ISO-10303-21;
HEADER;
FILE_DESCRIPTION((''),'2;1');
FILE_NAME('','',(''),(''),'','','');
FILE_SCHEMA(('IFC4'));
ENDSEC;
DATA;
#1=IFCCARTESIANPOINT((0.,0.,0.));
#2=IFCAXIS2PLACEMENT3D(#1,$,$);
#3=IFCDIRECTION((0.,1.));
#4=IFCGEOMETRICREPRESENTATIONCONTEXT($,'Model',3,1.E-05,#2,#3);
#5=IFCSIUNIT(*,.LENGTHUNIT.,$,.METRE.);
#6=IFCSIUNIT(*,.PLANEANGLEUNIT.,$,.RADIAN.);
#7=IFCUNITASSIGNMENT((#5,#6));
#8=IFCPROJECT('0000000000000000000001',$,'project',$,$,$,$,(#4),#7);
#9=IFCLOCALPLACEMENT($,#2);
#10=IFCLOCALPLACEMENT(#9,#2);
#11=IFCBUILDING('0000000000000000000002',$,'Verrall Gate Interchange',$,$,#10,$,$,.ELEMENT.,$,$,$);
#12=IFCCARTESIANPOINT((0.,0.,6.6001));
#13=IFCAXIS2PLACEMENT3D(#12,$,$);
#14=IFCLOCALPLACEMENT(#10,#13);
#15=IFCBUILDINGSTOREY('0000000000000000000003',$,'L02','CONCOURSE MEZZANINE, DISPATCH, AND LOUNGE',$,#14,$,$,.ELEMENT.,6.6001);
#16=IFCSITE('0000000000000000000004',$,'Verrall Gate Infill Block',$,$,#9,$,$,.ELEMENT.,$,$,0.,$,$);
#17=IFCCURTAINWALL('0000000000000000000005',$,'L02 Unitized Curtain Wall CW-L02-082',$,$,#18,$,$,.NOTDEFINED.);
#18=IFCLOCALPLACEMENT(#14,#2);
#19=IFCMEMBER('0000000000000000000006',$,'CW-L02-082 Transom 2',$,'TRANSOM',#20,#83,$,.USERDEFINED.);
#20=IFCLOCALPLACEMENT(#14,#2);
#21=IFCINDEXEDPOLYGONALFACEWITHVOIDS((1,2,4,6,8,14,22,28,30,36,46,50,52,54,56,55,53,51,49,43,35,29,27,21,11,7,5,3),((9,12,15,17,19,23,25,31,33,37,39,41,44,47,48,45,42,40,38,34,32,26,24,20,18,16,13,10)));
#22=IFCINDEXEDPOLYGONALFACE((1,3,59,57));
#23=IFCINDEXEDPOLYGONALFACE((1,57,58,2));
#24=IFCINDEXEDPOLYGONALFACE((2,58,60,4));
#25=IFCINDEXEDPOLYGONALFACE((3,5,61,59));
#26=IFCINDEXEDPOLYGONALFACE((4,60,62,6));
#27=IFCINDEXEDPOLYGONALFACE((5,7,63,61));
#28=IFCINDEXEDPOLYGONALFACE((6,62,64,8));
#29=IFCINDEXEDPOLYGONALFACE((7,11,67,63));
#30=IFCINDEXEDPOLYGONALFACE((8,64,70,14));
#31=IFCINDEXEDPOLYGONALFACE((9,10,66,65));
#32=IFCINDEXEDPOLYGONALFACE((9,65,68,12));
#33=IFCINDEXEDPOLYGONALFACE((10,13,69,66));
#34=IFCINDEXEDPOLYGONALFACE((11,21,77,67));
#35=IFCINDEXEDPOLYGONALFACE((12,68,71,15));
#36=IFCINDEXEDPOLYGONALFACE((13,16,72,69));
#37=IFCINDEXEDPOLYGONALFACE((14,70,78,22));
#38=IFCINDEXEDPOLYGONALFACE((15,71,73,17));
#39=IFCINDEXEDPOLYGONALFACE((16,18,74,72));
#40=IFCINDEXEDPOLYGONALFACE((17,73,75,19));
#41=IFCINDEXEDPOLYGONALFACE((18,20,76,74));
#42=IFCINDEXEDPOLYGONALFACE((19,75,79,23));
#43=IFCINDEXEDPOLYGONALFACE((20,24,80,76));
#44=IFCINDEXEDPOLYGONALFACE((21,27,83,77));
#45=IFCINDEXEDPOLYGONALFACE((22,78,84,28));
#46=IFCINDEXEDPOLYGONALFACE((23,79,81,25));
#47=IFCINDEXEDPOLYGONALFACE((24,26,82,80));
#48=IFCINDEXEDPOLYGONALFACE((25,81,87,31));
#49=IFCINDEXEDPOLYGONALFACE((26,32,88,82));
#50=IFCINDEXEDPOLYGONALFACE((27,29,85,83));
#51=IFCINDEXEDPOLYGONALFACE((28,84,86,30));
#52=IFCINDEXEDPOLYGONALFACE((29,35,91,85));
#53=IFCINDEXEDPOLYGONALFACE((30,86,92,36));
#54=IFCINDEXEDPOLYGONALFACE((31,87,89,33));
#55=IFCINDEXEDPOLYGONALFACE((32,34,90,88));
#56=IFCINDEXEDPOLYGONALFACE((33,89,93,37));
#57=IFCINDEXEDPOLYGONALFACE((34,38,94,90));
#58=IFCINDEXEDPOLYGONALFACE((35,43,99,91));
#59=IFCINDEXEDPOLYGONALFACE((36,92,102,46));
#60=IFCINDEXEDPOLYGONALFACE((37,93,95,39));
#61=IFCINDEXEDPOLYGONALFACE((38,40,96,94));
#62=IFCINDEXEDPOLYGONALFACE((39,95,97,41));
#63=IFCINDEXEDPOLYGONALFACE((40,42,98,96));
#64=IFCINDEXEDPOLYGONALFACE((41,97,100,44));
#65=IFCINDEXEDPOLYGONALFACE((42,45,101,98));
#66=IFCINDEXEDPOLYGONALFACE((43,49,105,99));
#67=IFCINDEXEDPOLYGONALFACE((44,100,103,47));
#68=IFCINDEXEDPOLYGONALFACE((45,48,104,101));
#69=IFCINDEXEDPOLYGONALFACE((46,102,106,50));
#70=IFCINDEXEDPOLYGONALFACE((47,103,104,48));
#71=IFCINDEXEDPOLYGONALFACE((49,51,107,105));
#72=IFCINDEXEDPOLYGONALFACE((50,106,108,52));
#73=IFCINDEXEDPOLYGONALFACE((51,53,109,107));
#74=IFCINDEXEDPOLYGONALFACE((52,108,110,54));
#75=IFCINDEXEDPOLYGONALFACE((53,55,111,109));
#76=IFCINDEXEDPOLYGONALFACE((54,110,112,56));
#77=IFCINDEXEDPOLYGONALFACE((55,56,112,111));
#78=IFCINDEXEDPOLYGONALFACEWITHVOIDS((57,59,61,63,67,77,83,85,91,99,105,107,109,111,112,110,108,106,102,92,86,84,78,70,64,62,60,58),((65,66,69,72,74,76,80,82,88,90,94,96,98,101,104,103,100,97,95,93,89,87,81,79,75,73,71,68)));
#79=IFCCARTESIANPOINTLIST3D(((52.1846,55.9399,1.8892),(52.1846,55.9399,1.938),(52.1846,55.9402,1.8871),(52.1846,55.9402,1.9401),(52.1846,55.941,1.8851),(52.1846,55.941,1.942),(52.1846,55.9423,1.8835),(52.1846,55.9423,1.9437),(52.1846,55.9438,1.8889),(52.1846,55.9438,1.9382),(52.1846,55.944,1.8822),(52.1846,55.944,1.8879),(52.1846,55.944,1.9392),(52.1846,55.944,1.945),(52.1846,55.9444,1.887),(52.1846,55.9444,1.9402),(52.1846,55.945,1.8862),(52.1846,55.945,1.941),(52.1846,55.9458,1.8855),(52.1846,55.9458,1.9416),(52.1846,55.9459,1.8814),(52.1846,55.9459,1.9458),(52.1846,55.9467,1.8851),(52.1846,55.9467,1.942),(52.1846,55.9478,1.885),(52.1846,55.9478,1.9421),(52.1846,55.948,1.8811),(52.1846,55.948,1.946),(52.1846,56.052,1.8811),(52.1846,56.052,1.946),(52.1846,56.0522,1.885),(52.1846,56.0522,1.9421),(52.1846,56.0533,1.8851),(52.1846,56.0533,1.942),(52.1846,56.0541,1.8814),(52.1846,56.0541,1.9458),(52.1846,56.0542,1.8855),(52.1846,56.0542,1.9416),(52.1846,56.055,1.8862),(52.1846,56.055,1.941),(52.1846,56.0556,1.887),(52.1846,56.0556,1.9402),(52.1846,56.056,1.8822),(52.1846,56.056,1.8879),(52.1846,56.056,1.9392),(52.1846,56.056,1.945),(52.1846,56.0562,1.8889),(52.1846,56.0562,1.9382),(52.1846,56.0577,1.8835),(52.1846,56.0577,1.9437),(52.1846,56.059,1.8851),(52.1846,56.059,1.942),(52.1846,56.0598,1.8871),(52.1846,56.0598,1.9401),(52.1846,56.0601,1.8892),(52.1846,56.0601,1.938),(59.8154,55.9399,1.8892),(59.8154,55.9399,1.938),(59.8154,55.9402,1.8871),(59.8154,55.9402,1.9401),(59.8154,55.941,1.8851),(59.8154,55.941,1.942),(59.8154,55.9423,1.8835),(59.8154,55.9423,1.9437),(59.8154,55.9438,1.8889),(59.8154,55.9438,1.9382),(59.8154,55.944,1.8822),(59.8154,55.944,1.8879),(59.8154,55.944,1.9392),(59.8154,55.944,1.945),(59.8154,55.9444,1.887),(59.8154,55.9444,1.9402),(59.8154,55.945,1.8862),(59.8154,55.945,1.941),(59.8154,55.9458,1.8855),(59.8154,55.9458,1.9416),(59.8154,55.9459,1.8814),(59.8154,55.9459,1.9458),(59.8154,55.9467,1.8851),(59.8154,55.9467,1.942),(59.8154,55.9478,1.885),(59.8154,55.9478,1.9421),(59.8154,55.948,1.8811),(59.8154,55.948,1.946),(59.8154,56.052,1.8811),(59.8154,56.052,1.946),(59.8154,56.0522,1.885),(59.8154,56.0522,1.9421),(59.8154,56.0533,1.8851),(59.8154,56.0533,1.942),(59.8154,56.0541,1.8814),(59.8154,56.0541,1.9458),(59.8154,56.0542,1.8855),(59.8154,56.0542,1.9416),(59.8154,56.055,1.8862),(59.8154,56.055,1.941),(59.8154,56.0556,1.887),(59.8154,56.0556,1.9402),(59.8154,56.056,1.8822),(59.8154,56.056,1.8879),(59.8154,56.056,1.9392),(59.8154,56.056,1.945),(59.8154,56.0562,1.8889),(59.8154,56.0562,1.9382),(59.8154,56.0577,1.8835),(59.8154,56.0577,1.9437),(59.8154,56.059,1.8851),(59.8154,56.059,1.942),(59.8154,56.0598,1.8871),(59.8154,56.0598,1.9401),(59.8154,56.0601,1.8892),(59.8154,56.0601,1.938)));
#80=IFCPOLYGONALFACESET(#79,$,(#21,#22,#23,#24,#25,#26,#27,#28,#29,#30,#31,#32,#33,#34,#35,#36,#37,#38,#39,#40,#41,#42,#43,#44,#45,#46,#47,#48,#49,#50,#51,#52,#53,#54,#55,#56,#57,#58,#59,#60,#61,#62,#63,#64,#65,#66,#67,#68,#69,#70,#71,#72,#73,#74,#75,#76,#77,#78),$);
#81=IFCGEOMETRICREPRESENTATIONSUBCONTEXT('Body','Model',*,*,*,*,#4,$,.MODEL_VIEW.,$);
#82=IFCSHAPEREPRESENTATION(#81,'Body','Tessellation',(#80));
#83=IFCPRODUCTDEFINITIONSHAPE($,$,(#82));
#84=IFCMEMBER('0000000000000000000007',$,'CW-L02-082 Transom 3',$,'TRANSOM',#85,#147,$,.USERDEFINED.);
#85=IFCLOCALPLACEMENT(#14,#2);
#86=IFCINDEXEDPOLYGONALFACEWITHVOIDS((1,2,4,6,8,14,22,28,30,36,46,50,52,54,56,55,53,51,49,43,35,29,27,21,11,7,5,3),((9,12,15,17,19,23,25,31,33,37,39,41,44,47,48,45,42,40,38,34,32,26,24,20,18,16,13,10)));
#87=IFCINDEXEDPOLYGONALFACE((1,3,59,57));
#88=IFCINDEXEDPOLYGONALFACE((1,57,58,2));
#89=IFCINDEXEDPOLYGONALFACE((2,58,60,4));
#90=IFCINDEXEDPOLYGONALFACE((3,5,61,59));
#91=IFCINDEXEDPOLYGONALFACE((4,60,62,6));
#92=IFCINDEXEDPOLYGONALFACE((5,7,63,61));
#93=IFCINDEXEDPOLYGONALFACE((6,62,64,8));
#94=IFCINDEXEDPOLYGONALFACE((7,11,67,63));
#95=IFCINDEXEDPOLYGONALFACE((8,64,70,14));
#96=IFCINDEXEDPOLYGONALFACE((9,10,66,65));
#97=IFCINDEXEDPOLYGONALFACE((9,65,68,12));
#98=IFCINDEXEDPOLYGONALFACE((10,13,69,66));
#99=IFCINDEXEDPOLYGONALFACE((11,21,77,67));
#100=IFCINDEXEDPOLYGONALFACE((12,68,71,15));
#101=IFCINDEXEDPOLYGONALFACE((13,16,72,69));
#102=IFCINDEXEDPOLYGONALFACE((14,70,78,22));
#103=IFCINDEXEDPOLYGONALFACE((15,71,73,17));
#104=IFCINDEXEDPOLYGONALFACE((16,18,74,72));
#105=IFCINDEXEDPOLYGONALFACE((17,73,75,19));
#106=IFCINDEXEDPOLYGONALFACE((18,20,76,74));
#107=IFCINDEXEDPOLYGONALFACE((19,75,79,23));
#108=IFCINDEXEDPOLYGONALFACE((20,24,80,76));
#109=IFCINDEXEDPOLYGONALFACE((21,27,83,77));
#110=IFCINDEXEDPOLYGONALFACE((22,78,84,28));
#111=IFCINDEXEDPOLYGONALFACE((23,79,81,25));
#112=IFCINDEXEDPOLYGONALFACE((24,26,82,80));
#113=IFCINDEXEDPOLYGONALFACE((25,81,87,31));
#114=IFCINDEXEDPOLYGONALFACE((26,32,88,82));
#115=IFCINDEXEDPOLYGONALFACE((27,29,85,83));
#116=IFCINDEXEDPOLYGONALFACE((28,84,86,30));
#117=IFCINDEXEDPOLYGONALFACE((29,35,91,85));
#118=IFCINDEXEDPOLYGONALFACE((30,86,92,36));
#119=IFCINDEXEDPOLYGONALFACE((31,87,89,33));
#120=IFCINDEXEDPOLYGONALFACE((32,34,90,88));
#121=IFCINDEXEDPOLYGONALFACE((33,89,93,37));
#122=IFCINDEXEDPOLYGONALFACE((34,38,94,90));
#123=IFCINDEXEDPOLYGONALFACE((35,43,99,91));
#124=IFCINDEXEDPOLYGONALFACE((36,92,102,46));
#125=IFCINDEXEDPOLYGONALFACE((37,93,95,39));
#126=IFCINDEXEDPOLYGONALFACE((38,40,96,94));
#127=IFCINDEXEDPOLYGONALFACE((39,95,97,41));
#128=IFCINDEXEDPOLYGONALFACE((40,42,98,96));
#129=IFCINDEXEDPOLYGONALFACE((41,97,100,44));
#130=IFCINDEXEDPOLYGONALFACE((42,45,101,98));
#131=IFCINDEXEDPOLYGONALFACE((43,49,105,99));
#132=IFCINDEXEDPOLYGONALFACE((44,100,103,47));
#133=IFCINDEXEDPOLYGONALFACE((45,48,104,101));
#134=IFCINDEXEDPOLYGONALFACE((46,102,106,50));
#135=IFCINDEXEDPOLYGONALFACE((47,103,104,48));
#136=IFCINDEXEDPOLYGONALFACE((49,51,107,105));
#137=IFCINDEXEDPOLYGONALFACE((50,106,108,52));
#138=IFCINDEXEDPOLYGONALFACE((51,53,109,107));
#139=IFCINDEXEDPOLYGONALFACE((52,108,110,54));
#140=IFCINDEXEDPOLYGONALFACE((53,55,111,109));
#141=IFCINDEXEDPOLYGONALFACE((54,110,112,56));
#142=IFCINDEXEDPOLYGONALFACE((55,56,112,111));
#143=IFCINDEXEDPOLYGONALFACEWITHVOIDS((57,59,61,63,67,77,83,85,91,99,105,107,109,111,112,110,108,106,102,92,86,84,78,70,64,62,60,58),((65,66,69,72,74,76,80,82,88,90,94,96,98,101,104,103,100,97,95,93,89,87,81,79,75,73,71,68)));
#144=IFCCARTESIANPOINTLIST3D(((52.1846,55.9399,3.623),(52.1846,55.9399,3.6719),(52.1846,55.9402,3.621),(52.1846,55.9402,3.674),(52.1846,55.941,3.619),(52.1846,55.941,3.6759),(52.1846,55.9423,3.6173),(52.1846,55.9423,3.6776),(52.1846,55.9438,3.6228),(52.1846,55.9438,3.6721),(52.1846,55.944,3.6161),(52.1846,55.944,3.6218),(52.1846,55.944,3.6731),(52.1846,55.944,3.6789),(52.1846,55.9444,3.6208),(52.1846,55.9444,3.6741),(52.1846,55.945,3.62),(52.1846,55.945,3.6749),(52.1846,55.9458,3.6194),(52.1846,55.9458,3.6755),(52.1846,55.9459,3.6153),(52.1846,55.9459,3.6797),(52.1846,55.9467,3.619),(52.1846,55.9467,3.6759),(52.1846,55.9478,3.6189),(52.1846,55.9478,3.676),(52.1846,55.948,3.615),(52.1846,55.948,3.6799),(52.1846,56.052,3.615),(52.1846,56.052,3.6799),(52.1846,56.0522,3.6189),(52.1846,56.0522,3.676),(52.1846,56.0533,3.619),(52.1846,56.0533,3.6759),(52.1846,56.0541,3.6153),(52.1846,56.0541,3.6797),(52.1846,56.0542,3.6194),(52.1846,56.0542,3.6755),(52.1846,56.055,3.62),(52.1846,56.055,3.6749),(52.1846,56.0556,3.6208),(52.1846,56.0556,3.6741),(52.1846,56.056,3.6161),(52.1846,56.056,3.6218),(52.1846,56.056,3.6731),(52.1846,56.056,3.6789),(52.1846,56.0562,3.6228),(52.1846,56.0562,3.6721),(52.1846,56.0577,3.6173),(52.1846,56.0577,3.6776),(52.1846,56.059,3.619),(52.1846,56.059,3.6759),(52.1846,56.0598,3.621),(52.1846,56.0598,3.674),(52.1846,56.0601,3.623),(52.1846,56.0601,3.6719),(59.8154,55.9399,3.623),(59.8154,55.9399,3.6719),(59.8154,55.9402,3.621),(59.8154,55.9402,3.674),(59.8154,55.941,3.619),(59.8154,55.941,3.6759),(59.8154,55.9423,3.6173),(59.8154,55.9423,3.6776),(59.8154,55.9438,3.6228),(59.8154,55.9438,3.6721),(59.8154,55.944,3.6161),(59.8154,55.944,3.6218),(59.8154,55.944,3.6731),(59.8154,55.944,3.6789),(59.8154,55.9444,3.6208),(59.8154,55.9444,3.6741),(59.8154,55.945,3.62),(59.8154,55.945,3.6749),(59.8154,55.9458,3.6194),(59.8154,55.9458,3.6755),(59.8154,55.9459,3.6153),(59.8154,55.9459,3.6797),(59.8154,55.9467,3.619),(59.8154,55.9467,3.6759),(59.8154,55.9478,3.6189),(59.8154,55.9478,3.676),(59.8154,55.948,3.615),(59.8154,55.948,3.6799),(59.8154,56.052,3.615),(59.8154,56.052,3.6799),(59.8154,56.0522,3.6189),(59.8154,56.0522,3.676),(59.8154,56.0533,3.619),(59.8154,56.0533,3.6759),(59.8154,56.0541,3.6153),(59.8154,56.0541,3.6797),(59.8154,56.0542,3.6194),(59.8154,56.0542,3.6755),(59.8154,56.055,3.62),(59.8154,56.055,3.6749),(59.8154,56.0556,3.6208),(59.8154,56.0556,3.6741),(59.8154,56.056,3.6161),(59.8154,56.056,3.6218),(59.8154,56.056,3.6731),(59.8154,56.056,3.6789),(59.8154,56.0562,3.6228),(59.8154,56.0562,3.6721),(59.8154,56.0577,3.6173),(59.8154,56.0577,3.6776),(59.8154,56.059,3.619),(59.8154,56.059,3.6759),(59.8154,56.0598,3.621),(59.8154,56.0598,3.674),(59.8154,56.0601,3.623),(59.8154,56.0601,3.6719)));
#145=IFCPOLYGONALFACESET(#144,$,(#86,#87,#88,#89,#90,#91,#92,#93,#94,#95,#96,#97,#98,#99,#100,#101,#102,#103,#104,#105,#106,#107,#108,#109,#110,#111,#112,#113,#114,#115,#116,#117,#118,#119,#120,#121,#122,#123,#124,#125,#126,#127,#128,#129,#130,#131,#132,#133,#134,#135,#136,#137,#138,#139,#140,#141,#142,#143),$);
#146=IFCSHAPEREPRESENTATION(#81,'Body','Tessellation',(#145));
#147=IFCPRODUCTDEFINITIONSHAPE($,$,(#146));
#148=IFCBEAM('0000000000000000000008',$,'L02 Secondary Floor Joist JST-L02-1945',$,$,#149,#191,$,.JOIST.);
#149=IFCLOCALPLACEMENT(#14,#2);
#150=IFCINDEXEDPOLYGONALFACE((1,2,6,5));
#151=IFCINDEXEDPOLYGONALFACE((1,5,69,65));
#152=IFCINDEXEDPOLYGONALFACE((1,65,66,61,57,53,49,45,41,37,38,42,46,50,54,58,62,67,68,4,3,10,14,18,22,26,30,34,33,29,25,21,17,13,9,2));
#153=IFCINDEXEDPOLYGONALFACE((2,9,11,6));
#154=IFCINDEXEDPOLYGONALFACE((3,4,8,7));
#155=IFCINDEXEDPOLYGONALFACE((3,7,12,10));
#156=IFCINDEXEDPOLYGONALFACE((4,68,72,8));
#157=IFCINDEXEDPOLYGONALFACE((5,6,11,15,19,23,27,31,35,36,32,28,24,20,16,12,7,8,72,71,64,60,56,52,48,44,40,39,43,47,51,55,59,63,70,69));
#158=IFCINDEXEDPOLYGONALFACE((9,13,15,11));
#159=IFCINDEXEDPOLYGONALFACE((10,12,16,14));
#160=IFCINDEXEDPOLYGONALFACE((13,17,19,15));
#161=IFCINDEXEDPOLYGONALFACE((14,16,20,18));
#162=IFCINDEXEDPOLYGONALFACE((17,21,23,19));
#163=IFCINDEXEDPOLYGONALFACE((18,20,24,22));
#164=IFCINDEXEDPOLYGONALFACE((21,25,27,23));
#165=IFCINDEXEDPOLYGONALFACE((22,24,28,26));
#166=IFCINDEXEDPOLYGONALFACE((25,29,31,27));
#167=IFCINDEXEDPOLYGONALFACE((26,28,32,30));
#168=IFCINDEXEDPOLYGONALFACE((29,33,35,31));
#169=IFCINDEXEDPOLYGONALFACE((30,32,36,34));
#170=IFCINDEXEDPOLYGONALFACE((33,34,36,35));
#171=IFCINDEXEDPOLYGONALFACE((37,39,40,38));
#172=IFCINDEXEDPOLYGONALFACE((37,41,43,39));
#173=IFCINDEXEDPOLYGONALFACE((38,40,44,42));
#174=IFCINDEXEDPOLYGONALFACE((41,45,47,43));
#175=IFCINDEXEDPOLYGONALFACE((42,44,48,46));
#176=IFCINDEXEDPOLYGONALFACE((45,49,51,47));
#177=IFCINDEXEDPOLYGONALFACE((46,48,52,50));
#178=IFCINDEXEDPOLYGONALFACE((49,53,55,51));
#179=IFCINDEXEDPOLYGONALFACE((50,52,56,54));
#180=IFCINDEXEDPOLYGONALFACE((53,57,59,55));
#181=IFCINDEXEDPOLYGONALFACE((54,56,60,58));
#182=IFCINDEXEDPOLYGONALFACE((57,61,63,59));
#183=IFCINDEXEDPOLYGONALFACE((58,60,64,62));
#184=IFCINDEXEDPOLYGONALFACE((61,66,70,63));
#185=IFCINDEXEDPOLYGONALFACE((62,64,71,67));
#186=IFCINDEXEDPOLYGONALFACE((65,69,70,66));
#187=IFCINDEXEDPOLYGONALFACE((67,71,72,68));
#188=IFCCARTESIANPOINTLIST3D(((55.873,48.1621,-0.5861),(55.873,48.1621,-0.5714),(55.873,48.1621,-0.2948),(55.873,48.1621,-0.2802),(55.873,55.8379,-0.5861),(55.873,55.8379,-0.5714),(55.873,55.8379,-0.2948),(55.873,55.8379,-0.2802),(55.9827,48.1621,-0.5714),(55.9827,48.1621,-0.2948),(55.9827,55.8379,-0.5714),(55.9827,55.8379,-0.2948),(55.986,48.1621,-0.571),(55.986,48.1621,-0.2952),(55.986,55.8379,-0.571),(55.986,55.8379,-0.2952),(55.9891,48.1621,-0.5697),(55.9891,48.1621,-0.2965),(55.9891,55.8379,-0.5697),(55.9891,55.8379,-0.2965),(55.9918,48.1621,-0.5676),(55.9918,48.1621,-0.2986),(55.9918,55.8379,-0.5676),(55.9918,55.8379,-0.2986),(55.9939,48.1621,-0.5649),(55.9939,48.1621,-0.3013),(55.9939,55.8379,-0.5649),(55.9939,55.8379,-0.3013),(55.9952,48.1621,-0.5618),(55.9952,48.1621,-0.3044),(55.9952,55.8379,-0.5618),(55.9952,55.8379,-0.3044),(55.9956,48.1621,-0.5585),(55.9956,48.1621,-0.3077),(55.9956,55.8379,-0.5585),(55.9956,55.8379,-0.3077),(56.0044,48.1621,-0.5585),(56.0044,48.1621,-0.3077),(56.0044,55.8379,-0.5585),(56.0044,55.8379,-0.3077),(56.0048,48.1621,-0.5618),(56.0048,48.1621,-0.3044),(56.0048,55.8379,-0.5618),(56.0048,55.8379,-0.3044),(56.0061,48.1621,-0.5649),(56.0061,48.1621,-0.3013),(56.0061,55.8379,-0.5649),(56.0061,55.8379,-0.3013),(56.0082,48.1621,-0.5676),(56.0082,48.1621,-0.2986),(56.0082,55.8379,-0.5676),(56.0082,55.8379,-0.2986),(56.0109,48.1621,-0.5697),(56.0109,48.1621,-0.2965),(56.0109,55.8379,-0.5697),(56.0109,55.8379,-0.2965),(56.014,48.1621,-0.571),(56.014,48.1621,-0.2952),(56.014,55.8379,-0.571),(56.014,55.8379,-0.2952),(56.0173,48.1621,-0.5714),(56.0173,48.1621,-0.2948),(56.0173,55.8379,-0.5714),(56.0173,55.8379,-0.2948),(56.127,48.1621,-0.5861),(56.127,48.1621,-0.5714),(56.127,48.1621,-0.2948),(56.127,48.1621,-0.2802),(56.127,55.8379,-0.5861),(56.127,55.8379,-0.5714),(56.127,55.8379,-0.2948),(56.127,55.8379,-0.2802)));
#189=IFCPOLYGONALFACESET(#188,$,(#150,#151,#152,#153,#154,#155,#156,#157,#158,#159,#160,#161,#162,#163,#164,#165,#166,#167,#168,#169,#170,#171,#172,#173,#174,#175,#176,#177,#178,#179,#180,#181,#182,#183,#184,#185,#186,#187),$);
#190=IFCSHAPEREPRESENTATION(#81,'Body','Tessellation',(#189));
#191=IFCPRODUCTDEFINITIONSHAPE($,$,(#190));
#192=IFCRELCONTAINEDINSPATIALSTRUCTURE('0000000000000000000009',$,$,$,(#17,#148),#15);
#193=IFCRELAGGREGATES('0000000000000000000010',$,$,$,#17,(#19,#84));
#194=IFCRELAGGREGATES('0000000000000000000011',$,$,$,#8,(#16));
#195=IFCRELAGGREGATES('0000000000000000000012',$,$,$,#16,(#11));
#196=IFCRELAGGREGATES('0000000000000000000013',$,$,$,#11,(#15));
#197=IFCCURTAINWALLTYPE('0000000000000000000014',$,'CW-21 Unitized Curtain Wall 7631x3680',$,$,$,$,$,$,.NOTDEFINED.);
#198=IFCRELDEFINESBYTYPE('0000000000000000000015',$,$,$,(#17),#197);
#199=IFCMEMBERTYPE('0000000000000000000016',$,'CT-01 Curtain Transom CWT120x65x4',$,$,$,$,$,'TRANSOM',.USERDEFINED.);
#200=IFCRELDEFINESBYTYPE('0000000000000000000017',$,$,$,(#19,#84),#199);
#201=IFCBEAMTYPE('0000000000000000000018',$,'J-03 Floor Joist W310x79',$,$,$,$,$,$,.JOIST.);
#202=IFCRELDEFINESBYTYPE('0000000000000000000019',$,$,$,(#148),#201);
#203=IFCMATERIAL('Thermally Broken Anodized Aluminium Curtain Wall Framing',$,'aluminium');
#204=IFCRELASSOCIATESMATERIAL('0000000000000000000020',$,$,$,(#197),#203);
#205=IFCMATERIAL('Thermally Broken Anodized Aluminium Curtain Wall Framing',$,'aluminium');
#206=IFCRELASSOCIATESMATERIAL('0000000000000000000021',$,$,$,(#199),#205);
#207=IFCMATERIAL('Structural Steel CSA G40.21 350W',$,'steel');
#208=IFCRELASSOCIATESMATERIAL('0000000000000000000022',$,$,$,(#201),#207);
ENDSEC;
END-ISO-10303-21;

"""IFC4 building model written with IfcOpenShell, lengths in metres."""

from ifc_helpers import new_model, si_unit, direction, frame, origin, origin_2d, place, context, subcontext, project, spatial, hollow_rectangle, i_section, extrude, material, material_profile, profile_set, type_object, element, aggregate, save


model = new_model("IFC4")

# Units and contexts
model_context = context("Model", 3, precision=1e-05, world=origin(), true_north=direction((0.0, 1.0)))
body_context = subcontext(model_context, "Body", "Model", "MODEL_VIEW")
ifc_project = project(units=[si_unit("LENGTHUNIT", "METRE"), si_unit("PLANEANGLEUNIT", "RADIAN")], contexts=[model_context])

# Site, building, storey
site_placement = place(None, origin())
site = spatial("IfcSite", under=ifc_project, at=site_placement, Name="Verrall Gate Infill Block", CompositionType="ELEMENT", RefElevation=0.0)
building_placement = place(site_placement, origin())
building = spatial("IfcBuilding", under=site, at=building_placement, Name="Verrall Gate Interchange", CompositionType="ELEMENT")
storey_placement = place(building_placement, frame((0.0, 0.0, 6.6001)))
storey = spatial("IfcBuildingStorey", under=building, at=storey_placement, Name="L02", Description="CONCOURSE MEZZANINE, DISPATCH, AND LOUNGE", CompositionType="ELEMENT", Elevation=6.6001)

# Curtain wall
ifc_material_1 = material(Name="Thermally Broken Anodized Aluminium Curtain Wall Framing", Category="aluminium")
curtain_wall_type = type_object("IfcCurtainWallType", Name="CW-21 Unitized Curtain Wall 7631x3680", PredefinedType="NOTDEFINED", material=ifc_material_1)
curtain_wall_1_placement = place(storey_placement, origin())
curtain_wall_1 = element("IfcCurtainWall", 1, at=curtain_wall_1_placement, inside=storey, type_object=curtain_wall_type, Name="L02 Unitized Curtain Wall CW-L02-082", PredefinedType="NOTDEFINED")

# Members
ifc_material_2 = material(Name="Thermally Broken Anodized Aluminium Curtain Wall Framing", Category="aluminium")
ifc_material_profile_1 = material_profile(ifc_material_2, hollow_rectangle(XDim=0.1201, YDim=0.0649, WallThickness=0.0039, InnerFilletRadius=0.0039, OuterFilletRadius=0.0081, at=origin_2d()), Name="CWT120x65x4")
ifc_profile_set_1 = profile_set([ifc_material_profile_1], Name="Thermally Broken Anodized Aluminium Curtain Wall Framing")
member_type_1 = type_object("IfcMemberType", Name="CT-01 Curtain Transom CWT120x65x4", ElementType="TRANSOM", PredefinedType="USERDEFINED", material=ifc_profile_set_1)
member_1_placement = place(storey_placement, frame((59.8154, 56.0, 1.9136), z_axis=(-1.0, 0.0, 0.0), x_axis=(0.0, -1.0, 0.0)))
member_1 = element("IfcMember", 2, at=member_1_placement, type_object=member_type_1, Name="CW-L02-082 Transom 2", ObjectType="TRANSOM", PredefinedType="USERDEFINED", context=body_context, shape_type="SweptSolid", body=[
    extrude(hollow_rectangle(XDim=0.1201, YDim=0.0649, WallThickness=0.0039, InnerFilletRadius=0.0039, OuterFilletRadius=0.0081, at=origin_2d()), origin(), (0.0, 0.0, 1.0), 7.6309),
])
member_2_placement = place(storey_placement, frame((59.8154, 56.0, 3.6475), z_axis=(-1.0, 0.0, 0.0), x_axis=(0.0, -1.0, 0.0)))
member_2 = element("IfcMember", 3, at=member_2_placement, type_object=member_type_1, Name="CW-L02-082 Transom 3", ObjectType="TRANSOM", PredefinedType="USERDEFINED", context=body_context, shape_type="SweptSolid", body=[
    extrude(hollow_rectangle(XDim=0.1201, YDim=0.0649, WallThickness=0.0039, InnerFilletRadius=0.0039, OuterFilletRadius=0.0081, at=origin_2d()), origin(), (0.0, 0.0, 1.0), 7.6309),
])

# Beam
ifc_material_3 = material(Name="Structural Steel CSA G40.21 350W", Category="steel")
ifc_material_profile_2 = material_profile(ifc_material_3, i_section(OverallWidth=0.2539, OverallDepth=0.3059, WebThickness=0.0088, FlangeThickness=0.0146, FilletRadius=0.0129, at=origin_2d()), Name="W310x79")
ifc_profile_set_2 = profile_set([ifc_material_profile_2], Name="Structural Steel CSA G40.21 350W")
beam_type_1 = type_object("IfcBeamType", Name="J-03 Floor Joist W310x79", PredefinedType="JOIST", material=ifc_profile_set_2)
beam_1_placement = place(storey_placement, frame((56.0, 48.1621, -0.4331), z_axis=(0.0, 1.0, 0.0), x_axis=(-1.0, 0.0, 0.0)))
element("IfcBeam", 4, at=beam_1_placement, inside=storey, type_object=beam_type_1, Name="L02 Secondary Floor Joist JST-L02-1945", PredefinedType="JOIST", context=body_context, shape_type="SweptSolid", body=[
    extrude(i_section(OverallWidth=0.2539, OverallDepth=0.3059, WebThickness=0.0088, FlangeThickness=0.0146, FilletRadius=0.0129, at=origin_2d()), origin(), (0.0, 0.0, 1.0), 7.6758),
])

aggregate(curtain_wall_1, [member_1, member_2])

save(model, "model.ifc")
